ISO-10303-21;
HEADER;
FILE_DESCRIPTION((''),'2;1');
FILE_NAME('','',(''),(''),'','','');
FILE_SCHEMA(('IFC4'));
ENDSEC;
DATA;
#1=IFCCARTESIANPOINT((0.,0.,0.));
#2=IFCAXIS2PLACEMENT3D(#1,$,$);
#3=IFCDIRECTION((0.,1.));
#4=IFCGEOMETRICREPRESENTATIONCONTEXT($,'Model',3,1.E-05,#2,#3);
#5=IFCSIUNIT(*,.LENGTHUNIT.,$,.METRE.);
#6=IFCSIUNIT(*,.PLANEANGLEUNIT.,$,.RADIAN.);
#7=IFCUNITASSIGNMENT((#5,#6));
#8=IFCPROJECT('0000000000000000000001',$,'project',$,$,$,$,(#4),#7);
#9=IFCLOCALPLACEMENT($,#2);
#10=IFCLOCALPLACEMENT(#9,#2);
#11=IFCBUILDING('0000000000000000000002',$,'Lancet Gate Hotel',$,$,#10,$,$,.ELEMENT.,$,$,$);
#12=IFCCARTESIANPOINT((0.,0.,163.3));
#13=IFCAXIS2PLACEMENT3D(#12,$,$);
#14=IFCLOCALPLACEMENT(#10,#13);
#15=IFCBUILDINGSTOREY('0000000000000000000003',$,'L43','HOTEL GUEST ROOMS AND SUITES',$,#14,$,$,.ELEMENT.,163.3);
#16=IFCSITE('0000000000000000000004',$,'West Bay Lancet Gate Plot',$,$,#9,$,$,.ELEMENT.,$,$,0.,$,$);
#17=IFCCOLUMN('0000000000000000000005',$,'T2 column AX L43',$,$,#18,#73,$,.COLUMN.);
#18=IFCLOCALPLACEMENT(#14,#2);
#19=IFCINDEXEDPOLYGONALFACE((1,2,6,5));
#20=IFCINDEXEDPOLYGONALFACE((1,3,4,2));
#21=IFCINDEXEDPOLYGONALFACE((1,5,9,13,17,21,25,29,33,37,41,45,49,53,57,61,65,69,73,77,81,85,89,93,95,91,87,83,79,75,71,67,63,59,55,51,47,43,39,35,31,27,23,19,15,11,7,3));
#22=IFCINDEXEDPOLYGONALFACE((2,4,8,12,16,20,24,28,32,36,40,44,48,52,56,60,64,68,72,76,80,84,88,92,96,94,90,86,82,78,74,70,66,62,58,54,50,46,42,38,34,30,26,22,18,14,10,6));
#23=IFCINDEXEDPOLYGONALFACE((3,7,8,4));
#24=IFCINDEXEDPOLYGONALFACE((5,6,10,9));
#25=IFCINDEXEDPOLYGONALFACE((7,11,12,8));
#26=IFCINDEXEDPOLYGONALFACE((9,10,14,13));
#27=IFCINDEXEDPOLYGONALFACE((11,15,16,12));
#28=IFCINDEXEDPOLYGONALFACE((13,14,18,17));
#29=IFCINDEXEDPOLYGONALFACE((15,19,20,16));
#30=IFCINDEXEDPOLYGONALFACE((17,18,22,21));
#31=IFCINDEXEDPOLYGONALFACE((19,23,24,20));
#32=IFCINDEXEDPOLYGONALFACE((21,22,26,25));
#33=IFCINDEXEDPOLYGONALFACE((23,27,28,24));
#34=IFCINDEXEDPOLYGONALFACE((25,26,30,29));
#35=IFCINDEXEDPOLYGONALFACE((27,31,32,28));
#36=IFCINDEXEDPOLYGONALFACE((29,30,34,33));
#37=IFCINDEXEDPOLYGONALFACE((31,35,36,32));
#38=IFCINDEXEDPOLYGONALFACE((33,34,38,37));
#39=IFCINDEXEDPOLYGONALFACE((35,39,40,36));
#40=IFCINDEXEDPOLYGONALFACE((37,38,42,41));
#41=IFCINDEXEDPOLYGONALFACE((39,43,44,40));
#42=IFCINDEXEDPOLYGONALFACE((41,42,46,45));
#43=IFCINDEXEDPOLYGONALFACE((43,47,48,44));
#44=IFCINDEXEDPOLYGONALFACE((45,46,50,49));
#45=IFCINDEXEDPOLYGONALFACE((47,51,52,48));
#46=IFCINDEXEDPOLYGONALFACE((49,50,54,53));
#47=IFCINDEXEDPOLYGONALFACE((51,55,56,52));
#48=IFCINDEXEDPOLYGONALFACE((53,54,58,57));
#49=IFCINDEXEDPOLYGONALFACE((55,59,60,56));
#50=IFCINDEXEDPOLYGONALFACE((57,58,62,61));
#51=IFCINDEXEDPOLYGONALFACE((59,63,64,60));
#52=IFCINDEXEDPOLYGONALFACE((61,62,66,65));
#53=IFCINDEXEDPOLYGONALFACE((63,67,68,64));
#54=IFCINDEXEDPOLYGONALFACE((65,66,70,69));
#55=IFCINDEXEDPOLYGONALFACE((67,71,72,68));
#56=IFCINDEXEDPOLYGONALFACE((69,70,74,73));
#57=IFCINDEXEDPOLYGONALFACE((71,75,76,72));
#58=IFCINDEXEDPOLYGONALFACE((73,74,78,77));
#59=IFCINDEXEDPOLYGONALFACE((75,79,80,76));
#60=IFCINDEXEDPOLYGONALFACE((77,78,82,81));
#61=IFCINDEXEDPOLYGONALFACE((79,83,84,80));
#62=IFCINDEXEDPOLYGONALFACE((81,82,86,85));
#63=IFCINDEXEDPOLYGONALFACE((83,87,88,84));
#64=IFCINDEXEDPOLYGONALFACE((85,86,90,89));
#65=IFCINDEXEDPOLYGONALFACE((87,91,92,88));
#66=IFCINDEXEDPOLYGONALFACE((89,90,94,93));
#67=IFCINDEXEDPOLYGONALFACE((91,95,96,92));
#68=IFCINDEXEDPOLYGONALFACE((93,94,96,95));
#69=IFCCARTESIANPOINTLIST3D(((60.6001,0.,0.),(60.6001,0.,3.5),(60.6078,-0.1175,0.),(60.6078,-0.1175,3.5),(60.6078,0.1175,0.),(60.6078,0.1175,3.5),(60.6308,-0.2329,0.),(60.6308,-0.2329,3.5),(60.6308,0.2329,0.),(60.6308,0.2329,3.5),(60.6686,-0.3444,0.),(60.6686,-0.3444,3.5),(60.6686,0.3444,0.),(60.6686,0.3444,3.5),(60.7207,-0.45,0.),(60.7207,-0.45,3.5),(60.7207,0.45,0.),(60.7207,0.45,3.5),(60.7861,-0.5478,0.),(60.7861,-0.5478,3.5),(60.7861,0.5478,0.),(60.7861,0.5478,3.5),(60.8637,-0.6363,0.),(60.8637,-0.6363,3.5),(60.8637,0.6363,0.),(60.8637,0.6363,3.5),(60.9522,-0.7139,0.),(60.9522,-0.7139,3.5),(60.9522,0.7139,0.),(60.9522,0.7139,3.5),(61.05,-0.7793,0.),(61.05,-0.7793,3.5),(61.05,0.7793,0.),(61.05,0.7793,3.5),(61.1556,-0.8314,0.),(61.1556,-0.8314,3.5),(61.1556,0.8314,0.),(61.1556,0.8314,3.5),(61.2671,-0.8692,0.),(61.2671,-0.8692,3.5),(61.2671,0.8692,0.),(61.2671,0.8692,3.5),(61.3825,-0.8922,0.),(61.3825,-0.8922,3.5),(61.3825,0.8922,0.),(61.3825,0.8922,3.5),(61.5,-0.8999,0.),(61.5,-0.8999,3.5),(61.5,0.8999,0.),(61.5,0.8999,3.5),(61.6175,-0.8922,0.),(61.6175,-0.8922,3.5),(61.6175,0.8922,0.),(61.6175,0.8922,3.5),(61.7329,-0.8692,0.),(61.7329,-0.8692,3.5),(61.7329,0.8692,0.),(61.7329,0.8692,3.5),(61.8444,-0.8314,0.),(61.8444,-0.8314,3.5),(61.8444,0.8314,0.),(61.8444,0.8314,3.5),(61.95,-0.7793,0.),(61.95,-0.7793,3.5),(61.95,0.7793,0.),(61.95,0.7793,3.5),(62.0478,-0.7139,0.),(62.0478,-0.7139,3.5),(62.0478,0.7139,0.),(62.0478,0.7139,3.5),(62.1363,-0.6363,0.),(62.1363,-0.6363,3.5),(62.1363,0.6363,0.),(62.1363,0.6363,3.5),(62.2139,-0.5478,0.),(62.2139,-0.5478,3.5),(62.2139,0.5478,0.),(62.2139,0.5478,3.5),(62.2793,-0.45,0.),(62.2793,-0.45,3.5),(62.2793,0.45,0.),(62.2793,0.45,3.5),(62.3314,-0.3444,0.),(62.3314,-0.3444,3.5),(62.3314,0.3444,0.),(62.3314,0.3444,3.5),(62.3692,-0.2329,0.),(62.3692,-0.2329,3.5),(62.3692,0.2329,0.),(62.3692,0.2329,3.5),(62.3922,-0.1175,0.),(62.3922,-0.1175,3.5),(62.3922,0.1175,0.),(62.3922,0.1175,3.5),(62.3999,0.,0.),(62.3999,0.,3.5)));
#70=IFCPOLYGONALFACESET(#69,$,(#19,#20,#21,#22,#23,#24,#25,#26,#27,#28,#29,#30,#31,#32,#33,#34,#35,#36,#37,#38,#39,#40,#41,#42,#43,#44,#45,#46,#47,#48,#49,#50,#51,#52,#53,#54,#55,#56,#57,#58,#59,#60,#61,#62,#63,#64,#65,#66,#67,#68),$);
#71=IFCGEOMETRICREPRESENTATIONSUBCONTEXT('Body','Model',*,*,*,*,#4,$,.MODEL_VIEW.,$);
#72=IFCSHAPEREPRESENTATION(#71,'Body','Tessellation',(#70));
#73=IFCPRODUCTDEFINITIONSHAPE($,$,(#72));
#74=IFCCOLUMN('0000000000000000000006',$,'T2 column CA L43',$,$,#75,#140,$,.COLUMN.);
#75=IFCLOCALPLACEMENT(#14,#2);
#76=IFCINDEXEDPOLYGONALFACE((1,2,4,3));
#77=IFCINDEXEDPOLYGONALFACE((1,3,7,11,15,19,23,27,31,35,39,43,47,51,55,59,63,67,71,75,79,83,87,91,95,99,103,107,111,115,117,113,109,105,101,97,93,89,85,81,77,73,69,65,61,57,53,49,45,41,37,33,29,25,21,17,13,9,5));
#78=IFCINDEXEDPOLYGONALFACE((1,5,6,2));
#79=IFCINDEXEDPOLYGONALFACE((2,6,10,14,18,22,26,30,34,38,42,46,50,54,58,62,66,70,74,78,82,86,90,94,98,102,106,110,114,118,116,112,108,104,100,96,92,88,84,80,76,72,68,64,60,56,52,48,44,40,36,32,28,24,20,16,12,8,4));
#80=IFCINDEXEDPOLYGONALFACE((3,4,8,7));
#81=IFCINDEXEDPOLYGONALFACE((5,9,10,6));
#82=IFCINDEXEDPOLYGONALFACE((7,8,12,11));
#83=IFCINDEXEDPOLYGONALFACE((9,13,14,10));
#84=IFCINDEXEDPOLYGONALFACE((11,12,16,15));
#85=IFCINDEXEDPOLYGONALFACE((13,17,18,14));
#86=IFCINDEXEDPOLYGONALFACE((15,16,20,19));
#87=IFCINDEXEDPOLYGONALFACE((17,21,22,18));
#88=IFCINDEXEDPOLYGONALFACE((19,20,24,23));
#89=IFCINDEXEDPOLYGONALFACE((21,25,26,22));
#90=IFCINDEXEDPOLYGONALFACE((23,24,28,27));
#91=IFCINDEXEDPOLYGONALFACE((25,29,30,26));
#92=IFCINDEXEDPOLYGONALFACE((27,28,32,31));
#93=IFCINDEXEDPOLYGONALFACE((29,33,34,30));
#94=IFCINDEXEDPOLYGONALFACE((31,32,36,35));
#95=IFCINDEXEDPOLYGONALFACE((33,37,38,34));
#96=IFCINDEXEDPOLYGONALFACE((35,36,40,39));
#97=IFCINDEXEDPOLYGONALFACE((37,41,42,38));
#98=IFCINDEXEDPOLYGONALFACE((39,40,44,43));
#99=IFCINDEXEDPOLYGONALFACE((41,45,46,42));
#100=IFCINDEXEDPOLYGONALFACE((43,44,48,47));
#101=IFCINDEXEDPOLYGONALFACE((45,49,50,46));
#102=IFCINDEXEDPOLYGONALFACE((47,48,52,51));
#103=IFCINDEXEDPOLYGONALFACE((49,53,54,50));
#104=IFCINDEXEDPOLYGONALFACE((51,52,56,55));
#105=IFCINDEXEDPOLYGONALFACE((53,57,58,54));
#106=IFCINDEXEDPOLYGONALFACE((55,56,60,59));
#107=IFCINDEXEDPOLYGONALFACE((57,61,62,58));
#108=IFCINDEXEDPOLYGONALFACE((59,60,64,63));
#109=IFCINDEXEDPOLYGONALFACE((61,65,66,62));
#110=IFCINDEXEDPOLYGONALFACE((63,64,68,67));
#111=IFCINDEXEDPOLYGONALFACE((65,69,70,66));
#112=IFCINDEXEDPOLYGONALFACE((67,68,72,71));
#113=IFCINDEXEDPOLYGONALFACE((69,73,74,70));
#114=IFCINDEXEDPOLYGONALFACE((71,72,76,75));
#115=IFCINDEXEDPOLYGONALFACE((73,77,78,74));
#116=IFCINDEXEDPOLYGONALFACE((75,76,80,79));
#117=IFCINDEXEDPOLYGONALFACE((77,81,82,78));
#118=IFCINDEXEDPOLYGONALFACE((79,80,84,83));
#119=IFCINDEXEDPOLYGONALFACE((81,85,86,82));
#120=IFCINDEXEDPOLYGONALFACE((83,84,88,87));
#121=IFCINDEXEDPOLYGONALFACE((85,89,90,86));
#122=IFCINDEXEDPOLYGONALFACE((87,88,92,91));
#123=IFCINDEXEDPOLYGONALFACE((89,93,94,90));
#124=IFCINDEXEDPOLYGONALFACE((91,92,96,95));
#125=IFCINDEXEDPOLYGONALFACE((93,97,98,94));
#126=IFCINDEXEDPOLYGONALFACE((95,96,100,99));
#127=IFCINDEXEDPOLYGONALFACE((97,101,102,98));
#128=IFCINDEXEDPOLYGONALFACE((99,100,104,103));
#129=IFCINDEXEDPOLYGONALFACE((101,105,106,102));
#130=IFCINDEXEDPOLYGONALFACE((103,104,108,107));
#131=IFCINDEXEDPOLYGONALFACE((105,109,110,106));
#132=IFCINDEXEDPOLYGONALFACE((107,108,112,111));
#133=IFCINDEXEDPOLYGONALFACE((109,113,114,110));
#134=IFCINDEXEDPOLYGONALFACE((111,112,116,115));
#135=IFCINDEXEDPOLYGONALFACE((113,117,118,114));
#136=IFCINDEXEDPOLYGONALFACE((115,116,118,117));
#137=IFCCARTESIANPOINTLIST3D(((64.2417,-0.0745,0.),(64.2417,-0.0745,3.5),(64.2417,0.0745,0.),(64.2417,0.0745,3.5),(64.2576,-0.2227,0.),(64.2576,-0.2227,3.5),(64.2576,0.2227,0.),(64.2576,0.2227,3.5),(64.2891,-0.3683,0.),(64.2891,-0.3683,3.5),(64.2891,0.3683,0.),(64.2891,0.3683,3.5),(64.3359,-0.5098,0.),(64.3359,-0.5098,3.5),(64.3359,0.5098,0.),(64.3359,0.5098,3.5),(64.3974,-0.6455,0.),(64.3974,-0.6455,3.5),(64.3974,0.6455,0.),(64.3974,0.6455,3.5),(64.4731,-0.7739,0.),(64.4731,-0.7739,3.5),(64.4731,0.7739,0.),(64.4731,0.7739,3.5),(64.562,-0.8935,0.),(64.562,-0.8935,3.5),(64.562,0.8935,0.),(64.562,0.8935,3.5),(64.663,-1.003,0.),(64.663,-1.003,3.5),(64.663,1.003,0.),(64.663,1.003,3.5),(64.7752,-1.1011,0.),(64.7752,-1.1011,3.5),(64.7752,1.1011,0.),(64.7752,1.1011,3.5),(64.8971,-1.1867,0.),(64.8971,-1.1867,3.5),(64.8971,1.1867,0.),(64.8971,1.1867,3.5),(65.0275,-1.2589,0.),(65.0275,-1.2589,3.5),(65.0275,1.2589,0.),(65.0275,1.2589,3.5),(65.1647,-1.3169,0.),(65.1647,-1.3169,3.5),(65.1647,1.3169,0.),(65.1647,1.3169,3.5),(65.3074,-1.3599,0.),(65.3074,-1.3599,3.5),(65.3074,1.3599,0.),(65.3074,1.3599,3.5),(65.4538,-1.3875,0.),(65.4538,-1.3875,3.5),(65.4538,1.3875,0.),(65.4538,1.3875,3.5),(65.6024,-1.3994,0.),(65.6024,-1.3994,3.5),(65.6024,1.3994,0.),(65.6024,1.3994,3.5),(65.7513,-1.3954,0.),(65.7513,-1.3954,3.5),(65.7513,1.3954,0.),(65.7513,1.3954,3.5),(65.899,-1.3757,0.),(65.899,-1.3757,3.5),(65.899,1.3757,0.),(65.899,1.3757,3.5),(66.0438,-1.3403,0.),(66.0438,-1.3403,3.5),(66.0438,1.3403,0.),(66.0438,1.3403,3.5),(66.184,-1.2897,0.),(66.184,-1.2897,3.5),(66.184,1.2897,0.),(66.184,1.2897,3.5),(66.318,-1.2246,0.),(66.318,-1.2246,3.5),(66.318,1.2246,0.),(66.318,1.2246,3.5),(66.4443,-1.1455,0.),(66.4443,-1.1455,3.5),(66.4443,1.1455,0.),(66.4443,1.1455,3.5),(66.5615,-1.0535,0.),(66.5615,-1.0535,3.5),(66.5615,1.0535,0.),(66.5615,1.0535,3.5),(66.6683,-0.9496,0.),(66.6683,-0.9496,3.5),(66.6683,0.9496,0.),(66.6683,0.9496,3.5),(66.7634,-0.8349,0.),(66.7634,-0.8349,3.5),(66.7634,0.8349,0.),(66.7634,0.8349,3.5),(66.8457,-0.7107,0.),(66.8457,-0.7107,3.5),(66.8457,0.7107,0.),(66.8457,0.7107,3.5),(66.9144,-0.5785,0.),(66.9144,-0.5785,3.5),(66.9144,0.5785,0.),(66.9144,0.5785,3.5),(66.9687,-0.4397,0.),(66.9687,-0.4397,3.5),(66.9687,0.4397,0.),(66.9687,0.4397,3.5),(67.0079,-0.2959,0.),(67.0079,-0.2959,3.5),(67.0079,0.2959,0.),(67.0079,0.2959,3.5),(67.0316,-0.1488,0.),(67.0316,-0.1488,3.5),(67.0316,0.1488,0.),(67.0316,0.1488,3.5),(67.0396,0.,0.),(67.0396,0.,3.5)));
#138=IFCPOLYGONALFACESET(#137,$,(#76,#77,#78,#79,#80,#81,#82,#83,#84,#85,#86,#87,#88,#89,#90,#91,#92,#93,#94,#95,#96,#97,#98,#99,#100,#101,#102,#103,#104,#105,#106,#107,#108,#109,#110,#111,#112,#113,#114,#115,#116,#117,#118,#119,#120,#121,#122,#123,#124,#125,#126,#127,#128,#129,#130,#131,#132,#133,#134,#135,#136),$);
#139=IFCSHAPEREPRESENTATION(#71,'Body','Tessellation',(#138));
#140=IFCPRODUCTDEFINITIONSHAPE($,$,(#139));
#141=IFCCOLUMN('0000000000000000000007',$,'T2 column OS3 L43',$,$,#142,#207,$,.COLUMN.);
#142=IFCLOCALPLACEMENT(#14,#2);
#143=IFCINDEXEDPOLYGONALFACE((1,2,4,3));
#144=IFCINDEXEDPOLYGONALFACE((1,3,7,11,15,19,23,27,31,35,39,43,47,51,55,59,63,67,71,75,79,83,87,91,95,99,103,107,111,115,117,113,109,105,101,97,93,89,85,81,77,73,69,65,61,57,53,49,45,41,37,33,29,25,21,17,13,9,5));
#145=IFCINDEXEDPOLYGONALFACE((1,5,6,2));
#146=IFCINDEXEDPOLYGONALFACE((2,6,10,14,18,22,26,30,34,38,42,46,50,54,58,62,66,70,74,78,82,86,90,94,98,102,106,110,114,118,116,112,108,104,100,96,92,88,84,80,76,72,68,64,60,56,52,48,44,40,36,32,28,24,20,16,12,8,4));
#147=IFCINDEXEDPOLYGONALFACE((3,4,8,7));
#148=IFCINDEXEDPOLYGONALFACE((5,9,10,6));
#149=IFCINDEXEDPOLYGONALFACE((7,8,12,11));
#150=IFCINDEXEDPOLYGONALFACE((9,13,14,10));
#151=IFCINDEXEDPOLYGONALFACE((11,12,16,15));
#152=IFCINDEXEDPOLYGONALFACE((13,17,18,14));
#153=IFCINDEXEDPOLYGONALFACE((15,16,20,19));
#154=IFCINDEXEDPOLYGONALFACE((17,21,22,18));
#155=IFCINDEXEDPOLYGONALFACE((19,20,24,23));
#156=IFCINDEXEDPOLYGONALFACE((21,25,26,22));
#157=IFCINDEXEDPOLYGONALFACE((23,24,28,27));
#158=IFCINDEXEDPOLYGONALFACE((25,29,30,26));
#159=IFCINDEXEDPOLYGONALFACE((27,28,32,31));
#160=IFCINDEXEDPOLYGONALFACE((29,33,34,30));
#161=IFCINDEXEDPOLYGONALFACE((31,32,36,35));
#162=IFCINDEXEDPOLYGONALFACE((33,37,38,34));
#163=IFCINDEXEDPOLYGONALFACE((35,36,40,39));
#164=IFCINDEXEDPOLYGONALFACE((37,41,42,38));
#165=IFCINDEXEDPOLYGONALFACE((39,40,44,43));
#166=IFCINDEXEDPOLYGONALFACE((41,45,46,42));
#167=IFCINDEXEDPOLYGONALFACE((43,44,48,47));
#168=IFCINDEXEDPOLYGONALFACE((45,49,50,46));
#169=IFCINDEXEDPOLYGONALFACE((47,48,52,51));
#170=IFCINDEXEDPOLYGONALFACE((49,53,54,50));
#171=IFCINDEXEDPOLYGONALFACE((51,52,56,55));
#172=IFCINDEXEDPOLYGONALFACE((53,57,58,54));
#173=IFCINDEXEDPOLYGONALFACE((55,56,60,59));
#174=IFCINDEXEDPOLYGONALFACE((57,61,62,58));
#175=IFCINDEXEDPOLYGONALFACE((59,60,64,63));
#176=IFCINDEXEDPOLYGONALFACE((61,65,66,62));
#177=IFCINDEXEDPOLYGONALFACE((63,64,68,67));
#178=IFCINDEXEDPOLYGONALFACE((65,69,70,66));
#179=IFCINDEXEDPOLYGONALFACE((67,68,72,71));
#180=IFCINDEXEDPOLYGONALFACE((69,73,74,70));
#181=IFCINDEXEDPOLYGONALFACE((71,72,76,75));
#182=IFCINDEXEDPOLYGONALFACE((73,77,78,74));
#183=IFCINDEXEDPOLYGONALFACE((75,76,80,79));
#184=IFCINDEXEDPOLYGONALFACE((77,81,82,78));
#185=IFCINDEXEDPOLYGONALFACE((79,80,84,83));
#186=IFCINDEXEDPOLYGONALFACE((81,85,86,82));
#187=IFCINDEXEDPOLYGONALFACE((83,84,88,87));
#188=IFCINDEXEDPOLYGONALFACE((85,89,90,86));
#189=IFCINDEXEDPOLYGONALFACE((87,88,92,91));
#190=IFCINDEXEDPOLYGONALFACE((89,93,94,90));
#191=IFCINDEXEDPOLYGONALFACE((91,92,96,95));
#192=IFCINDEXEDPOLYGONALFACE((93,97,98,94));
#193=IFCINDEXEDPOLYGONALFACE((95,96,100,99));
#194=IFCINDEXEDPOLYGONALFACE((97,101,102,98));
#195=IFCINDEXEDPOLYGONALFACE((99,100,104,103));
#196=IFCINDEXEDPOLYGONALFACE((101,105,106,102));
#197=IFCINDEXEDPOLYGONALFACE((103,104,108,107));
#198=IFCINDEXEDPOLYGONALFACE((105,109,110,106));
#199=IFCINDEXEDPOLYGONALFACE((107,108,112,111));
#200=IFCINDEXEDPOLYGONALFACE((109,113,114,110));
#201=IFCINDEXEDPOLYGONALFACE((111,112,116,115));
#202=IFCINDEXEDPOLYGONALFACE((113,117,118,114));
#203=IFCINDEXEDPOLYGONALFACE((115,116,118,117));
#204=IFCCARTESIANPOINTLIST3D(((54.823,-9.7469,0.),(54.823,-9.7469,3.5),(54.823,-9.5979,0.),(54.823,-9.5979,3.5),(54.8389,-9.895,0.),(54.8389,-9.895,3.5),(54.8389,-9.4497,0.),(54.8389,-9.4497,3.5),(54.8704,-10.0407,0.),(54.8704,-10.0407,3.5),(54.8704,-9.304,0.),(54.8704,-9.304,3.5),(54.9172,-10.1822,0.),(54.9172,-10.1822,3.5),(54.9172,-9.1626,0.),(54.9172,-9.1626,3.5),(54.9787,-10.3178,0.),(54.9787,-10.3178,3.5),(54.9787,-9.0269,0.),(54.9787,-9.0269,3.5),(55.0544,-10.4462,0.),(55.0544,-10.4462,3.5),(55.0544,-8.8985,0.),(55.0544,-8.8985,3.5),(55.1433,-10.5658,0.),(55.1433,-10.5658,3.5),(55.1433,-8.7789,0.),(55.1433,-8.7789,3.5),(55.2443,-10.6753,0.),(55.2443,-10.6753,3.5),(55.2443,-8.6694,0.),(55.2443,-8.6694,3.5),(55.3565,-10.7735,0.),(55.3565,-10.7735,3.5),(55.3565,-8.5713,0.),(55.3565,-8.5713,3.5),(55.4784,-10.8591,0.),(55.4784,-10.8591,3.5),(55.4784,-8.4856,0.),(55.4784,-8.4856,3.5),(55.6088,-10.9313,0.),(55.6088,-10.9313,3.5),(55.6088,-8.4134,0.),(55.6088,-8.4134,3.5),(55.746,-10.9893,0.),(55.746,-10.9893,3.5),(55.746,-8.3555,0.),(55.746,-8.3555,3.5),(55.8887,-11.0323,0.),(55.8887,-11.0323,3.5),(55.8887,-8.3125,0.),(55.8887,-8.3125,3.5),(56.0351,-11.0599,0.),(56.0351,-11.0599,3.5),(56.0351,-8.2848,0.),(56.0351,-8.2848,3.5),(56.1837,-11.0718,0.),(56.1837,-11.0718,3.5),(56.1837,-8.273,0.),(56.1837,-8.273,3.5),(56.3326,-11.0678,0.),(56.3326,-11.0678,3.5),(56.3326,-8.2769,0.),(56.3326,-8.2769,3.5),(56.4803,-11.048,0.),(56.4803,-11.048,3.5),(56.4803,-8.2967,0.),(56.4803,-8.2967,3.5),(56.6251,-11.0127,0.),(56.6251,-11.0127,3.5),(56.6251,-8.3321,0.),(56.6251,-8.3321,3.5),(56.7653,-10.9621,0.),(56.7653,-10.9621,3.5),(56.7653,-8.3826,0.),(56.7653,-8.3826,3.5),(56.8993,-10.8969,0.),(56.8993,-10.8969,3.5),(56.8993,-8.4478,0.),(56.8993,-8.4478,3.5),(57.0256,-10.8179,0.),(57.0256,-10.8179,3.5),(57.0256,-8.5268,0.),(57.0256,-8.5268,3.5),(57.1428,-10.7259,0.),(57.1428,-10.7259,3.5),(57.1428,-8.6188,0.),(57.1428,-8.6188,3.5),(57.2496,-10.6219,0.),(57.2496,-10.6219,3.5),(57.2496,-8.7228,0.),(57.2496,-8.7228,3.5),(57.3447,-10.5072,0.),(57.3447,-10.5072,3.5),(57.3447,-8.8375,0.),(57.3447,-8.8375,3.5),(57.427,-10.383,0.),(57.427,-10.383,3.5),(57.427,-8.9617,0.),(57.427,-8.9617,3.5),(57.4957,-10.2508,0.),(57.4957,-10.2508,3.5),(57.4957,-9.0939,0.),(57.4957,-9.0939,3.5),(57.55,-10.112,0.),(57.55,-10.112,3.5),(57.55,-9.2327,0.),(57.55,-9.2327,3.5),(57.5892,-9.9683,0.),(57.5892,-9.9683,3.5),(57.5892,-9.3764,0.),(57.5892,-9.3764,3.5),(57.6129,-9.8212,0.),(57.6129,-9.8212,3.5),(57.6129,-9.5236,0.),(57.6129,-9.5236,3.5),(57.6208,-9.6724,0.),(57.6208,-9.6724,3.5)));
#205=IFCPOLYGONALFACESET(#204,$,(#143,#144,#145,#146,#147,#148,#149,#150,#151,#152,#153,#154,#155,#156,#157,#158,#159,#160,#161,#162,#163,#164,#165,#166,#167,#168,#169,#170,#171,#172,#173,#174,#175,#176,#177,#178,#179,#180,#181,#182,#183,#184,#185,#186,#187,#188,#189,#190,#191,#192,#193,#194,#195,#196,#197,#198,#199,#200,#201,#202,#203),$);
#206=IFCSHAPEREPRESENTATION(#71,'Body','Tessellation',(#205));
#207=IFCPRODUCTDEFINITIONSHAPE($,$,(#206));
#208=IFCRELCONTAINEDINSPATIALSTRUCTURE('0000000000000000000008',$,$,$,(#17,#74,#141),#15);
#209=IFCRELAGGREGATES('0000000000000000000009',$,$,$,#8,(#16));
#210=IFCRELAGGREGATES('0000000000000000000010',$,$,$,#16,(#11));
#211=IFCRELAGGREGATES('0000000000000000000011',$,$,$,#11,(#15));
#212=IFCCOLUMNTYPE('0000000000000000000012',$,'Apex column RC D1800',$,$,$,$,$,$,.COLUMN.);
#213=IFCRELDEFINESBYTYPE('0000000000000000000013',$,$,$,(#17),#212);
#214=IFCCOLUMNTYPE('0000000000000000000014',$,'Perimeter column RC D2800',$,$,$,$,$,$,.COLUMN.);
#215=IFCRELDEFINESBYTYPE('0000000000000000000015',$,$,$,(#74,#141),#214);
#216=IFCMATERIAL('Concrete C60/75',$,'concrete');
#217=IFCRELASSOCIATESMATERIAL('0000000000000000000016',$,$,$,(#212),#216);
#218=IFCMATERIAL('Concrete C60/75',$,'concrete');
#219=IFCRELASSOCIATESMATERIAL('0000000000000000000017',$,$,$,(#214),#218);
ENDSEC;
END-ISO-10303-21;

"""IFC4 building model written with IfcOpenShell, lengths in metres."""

from ifc_helpers import new_model, si_unit, direction, frame, origin, origin_2d, place, context, subcontext, project, spatial, circle, extrude, material, material_profile, profile_set, type_object, element, save


model = new_model("IFC4")

# Units and contexts
model_context = context("Model", 3, precision=1e-05, world=origin(), true_north=direction((0.0, 1.0)))
body_context = subcontext(model_context, "Body", "Model", "MODEL_VIEW")
ifc_project = project(units=[si_unit("LENGTHUNIT", "METRE"), si_unit("PLANEANGLEUNIT", "RADIAN")], contexts=[model_context])

# Site, building, storey
site_placement = place(None, origin())
site = spatial("IfcSite", under=ifc_project, at=site_placement, Name="West Bay Lancet Gate Plot", CompositionType="ELEMENT", RefElevation=0.0)
building_placement = place(site_placement, origin())
building = spatial("IfcBuilding", under=site, at=building_placement, Name="Lancet Gate Hotel", CompositionType="ELEMENT")
storey_placement = place(building_placement, frame((0.0, 0.0, 163.3)))
storey = spatial("IfcBuildingStorey", under=building, at=storey_placement, Name="L43", Description="HOTEL GUEST ROOMS AND SUITES", CompositionType="ELEMENT", Elevation=163.3)

# Columns
ifc_material_1 = material(Name="Concrete C60/75", Category="concrete")
ifc_material_profile_1 = material_profile(ifc_material_1, circle(Radius=0.8999, at=origin_2d()), Name="RC D1800")
ifc_profile_set_1 = profile_set([ifc_material_profile_1], Name="Concrete C60/75")
column_type_1 = type_object("IfcColumnType", Name="Apex column RC D1800", PredefinedType="COLUMN", material=ifc_profile_set_1)
column_placement = place(storey_placement, frame((61.5, 0.0, 0.0), z_axis=(0.0, 0.0, 1.0), x_axis=(1.0, 0.0, 0.0)))
element("IfcColumn", 1, at=column_placement, inside=storey, type_object=column_type_1, Name="T2 column AX L43", PredefinedType="COLUMN", context=body_context, shape_type="SweptSolid", body=[
    extrude(circle(Radius=0.8999, at=origin_2d()), origin(), (0.0, 0.0, 1.0), 3.5),
])
ifc_material_2 = material(Name="Concrete C60/75", Category="concrete")
ifc_material_profile_2 = material_profile(ifc_material_2, circle(Radius=1.3999, at=origin_2d()), Name="RC D2800")
ifc_profile_set_2 = profile_set([ifc_material_profile_2], Name="Concrete C60/75")
column_type_2 = type_object("IfcColumnType", Name="Perimeter column RC D2800", PredefinedType="COLUMN", material=ifc_profile_set_2)
for number, where, z_axis, x_axis, name in (
    (2, (65.6396, 0.0, 0.0), (0.0, 0.0, 1.0), (1.0, 0.0, 0.0), "T2 column CA L43"),
    (3, (56.2209, -9.6724, 0.0), (0.0, 0.0, 1.0), (1.0, 0.0, 0.0), "T2 column OS3 L43"),
):
    element("IfcColumn", number, at=place(storey_placement, frame(where, z_axis=z_axis, x_axis=x_axis)), inside=storey, type_object=column_type_2, Name=name, PredefinedType="COLUMN", context=body_context, shape_type="SweptSolid", body=[
        extrude(circle(Radius=1.3999, at=origin_2d()), origin(), (0.0, 0.0, 1.0), 3.5),
    ])

save(model, "model.ifc")
